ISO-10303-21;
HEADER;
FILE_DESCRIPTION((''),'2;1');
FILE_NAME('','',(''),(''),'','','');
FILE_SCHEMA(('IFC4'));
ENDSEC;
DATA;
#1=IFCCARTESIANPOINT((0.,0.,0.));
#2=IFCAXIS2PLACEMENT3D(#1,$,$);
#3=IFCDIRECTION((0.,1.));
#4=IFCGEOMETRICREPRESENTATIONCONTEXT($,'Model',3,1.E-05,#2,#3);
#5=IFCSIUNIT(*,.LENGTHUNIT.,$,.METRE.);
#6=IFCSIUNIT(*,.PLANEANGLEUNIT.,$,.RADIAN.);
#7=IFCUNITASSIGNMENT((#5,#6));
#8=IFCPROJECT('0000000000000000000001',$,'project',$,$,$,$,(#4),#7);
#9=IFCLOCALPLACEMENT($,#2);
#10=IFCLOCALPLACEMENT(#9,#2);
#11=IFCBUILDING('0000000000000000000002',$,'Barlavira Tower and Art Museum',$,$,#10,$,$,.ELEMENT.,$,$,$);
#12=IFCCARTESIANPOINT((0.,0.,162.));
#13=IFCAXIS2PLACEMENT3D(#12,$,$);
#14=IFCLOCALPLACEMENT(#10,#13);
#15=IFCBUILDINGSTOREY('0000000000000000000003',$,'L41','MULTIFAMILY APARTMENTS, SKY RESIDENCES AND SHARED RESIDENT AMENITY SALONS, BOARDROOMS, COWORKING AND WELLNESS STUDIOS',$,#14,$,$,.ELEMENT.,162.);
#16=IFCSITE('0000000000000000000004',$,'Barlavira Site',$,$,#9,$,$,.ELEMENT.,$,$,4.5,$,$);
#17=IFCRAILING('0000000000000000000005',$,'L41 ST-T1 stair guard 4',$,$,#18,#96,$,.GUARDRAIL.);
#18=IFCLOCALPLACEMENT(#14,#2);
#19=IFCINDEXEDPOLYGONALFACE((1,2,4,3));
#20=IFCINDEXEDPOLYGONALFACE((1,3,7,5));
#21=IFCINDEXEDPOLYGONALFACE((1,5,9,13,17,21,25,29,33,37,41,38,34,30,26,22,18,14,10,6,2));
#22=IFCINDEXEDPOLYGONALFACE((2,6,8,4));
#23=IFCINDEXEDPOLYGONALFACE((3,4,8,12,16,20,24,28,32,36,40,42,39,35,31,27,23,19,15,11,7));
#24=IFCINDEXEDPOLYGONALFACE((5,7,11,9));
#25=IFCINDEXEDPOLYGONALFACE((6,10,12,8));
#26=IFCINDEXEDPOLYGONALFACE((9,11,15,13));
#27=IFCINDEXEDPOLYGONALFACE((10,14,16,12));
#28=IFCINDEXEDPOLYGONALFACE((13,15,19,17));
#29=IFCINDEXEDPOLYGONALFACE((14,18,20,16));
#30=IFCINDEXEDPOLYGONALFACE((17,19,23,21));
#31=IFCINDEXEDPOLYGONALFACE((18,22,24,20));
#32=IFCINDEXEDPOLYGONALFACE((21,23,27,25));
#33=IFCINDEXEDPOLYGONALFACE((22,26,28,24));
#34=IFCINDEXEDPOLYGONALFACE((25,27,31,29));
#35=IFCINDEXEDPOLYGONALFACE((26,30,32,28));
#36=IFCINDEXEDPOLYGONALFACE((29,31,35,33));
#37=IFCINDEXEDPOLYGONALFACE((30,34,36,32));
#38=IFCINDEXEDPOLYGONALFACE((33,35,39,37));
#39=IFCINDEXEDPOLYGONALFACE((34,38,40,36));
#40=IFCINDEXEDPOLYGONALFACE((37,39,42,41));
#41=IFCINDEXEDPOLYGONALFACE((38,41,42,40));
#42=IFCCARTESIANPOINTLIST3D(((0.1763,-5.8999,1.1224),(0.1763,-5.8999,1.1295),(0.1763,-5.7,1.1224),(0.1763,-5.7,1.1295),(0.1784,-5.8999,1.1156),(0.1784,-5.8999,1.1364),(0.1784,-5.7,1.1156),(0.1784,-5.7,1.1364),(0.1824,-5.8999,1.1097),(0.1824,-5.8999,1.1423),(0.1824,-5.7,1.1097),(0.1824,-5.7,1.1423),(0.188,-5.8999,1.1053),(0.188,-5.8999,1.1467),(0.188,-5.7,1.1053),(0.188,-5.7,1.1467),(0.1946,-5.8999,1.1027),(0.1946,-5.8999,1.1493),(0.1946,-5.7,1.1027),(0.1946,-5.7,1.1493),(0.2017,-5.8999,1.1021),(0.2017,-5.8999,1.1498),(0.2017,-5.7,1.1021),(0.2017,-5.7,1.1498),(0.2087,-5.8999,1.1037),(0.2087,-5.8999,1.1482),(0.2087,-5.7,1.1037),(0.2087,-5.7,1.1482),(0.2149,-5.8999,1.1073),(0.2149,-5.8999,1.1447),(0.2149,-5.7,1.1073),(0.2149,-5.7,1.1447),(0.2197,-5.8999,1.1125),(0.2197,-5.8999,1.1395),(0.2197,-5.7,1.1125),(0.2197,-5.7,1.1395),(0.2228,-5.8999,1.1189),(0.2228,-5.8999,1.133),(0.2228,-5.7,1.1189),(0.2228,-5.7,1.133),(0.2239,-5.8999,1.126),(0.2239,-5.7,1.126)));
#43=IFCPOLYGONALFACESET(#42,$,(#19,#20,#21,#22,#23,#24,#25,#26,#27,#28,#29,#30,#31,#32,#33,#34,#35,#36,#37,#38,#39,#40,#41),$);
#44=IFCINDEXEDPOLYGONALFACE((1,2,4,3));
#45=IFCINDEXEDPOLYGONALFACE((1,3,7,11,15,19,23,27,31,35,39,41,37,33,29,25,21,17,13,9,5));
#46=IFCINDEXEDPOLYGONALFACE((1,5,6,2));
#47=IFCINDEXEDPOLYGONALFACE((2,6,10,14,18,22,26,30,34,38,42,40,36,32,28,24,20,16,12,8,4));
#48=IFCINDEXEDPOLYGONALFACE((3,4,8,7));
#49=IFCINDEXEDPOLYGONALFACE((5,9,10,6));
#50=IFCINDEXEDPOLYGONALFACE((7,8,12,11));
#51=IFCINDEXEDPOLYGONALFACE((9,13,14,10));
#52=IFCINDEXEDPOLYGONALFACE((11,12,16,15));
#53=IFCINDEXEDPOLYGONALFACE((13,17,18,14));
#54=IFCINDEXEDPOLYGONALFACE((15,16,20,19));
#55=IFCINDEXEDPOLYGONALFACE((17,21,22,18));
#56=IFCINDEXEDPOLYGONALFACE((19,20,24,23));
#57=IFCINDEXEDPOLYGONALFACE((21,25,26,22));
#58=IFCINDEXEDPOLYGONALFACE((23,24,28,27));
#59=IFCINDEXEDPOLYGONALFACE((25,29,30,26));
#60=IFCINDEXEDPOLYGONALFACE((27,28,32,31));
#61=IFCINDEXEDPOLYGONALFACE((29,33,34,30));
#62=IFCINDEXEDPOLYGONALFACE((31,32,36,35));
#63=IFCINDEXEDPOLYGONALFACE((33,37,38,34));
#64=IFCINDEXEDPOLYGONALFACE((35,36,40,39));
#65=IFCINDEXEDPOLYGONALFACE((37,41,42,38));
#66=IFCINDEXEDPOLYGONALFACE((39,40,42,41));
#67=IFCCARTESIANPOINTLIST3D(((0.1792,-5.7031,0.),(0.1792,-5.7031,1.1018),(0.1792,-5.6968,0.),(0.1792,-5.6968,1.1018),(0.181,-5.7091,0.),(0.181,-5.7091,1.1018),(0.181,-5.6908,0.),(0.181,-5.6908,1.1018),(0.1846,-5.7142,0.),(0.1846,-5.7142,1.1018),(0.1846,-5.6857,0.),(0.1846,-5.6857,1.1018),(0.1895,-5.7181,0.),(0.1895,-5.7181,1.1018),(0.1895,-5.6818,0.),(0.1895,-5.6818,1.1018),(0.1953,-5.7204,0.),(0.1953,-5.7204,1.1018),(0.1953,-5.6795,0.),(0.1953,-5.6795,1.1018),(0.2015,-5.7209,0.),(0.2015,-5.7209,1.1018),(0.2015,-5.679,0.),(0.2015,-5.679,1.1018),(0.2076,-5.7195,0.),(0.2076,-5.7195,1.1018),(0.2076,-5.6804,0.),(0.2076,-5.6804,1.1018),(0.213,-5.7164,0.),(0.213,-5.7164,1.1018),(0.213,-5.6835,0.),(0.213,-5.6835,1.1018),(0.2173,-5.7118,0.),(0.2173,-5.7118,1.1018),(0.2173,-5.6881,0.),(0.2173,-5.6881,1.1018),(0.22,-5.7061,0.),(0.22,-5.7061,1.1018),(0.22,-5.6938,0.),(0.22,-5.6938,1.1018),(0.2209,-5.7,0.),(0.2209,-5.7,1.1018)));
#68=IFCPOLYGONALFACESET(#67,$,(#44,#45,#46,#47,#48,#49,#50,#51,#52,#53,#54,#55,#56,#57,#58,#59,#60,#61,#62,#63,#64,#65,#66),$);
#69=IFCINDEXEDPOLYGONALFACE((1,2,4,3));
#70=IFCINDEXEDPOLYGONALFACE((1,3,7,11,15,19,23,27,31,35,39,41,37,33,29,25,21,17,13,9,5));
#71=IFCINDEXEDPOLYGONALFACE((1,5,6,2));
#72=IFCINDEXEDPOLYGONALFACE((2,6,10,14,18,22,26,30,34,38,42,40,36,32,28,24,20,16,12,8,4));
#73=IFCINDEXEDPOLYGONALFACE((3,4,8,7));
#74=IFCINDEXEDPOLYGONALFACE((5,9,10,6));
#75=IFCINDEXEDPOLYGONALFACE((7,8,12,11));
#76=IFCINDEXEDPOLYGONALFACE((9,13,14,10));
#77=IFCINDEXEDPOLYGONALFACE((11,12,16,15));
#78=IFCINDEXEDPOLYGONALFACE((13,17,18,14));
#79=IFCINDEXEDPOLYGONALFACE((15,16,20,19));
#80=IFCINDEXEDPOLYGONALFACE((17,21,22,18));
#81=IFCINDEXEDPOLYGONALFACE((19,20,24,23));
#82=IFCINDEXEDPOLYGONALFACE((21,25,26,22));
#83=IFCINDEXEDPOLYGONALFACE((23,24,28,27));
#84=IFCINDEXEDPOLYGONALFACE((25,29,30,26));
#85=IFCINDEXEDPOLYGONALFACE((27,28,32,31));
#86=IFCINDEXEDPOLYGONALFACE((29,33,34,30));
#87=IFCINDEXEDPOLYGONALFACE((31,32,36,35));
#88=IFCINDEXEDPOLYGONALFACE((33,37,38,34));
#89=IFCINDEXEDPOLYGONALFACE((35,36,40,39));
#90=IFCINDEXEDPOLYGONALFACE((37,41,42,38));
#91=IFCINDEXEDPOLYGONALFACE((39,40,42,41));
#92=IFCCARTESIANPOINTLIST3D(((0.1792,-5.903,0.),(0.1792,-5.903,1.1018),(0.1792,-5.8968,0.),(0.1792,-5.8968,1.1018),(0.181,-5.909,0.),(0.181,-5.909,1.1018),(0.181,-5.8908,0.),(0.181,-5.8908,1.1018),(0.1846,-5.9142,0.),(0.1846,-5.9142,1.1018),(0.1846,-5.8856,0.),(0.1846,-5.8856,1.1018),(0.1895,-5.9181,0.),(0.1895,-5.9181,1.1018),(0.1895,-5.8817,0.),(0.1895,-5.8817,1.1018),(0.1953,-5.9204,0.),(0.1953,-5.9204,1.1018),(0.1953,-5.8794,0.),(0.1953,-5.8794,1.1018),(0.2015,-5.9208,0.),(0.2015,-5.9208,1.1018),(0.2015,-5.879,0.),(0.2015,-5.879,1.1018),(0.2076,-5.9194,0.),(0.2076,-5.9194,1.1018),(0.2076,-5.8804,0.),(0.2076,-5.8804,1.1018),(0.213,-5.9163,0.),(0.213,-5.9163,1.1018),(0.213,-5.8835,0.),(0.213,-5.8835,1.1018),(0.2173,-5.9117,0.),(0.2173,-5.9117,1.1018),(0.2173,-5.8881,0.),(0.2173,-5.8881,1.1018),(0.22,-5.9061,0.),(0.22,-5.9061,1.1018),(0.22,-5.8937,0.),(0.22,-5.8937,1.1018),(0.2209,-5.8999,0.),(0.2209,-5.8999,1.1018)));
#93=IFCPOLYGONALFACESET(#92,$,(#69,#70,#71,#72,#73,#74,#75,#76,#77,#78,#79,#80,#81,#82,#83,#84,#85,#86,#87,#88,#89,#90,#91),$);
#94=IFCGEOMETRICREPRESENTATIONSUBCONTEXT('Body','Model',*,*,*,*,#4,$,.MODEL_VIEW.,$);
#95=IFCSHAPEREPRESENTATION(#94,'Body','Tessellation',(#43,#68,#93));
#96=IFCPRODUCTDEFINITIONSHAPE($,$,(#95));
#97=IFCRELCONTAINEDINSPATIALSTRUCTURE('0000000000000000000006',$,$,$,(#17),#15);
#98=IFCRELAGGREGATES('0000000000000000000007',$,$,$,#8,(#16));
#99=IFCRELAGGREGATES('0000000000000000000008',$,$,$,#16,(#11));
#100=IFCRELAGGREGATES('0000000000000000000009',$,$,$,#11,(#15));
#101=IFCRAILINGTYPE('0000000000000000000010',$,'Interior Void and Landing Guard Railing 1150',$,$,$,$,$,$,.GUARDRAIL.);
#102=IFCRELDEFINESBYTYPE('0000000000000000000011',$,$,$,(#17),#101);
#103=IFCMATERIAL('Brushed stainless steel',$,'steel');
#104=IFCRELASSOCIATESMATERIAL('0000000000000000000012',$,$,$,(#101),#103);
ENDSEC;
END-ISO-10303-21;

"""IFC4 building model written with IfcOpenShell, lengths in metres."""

from ifc_helpers import new_model, si_unit, direction, frame, origin, origin_2d, place, context, subcontext, project, spatial, circle, extrude, material, type_object, element, save


model = new_model("IFC4")

# Units and contexts
model_context = context("Model", 3, precision=1e-05, world=origin(), true_north=direction((0.0, 1.0)))
body_context = subcontext(model_context, "Body", "Model", "MODEL_VIEW")
ifc_project = project(units=[si_unit("LENGTHUNIT", "METRE"), si_unit("PLANEANGLEUNIT", "RADIAN")], contexts=[model_context])

# Site, building, storey
site_placement = place(None, origin())
site = spatial("IfcSite", under=ifc_project, at=site_placement, Name="Barlavira Site", CompositionType="ELEMENT", RefElevation=4.5)
building_placement = place(site_placement, origin())
building = spatial("IfcBuilding", under=site, at=building_placement, Name="Barlavira Tower and Art Museum", CompositionType="ELEMENT")
storey_placement = place(building_placement, frame((0.0, 0.0, 162.0)))
storey = spatial("IfcBuildingStorey", under=building, at=storey_placement, Name="L41", Description="MULTIFAMILY APARTMENTS, SKY RESIDENCES AND SHARED RESIDENT AMENITY SALONS, BOARDROOMS, COWORKING AND WELLNESS STUDIOS", CompositionType="ELEMENT", Elevation=162.0)

# Shared definitions
ifc_material_1 = material(Name="Brushed stainless steel", Category="steel")

# Railing
railing_type_1 = type_object("IfcRailingType", Name="Interior Void and Landing Guard Railing 1150", PredefinedType="GUARDRAIL", material=ifc_material_1)
railing_1_placement = place(storey_placement, frame((0.2, -5.7, 0.0)))
element("IfcRailing", 1, at=railing_1_placement, inside=storey, type_object=railing_type_1, Name="L41 ST-T1 stair guard 4", PredefinedType="GUARDRAIL", context=body_context, shape_type="SweptSolid", body=[
    extrude(circle(Radius=0.0239, at=origin_2d()), frame((0.0, 0.0, 1.126), z_axis=(0.0, -1.0, 0.0), x_axis=(1.0, 0.0, 0.0)), (0.0, 0.0, 1.0), 0.2),
    extrude(circle(Radius=0.021, at=origin_2d()), origin(), (0.0, 0.0, 1.0), 1.1018),
    extrude(circle(Radius=0.021, at=origin_2d()), frame((0.0, -0.2, 0.0)), (0.0, 0.0, 1.0), 1.1018),
])

save(model, "model.ifc")
